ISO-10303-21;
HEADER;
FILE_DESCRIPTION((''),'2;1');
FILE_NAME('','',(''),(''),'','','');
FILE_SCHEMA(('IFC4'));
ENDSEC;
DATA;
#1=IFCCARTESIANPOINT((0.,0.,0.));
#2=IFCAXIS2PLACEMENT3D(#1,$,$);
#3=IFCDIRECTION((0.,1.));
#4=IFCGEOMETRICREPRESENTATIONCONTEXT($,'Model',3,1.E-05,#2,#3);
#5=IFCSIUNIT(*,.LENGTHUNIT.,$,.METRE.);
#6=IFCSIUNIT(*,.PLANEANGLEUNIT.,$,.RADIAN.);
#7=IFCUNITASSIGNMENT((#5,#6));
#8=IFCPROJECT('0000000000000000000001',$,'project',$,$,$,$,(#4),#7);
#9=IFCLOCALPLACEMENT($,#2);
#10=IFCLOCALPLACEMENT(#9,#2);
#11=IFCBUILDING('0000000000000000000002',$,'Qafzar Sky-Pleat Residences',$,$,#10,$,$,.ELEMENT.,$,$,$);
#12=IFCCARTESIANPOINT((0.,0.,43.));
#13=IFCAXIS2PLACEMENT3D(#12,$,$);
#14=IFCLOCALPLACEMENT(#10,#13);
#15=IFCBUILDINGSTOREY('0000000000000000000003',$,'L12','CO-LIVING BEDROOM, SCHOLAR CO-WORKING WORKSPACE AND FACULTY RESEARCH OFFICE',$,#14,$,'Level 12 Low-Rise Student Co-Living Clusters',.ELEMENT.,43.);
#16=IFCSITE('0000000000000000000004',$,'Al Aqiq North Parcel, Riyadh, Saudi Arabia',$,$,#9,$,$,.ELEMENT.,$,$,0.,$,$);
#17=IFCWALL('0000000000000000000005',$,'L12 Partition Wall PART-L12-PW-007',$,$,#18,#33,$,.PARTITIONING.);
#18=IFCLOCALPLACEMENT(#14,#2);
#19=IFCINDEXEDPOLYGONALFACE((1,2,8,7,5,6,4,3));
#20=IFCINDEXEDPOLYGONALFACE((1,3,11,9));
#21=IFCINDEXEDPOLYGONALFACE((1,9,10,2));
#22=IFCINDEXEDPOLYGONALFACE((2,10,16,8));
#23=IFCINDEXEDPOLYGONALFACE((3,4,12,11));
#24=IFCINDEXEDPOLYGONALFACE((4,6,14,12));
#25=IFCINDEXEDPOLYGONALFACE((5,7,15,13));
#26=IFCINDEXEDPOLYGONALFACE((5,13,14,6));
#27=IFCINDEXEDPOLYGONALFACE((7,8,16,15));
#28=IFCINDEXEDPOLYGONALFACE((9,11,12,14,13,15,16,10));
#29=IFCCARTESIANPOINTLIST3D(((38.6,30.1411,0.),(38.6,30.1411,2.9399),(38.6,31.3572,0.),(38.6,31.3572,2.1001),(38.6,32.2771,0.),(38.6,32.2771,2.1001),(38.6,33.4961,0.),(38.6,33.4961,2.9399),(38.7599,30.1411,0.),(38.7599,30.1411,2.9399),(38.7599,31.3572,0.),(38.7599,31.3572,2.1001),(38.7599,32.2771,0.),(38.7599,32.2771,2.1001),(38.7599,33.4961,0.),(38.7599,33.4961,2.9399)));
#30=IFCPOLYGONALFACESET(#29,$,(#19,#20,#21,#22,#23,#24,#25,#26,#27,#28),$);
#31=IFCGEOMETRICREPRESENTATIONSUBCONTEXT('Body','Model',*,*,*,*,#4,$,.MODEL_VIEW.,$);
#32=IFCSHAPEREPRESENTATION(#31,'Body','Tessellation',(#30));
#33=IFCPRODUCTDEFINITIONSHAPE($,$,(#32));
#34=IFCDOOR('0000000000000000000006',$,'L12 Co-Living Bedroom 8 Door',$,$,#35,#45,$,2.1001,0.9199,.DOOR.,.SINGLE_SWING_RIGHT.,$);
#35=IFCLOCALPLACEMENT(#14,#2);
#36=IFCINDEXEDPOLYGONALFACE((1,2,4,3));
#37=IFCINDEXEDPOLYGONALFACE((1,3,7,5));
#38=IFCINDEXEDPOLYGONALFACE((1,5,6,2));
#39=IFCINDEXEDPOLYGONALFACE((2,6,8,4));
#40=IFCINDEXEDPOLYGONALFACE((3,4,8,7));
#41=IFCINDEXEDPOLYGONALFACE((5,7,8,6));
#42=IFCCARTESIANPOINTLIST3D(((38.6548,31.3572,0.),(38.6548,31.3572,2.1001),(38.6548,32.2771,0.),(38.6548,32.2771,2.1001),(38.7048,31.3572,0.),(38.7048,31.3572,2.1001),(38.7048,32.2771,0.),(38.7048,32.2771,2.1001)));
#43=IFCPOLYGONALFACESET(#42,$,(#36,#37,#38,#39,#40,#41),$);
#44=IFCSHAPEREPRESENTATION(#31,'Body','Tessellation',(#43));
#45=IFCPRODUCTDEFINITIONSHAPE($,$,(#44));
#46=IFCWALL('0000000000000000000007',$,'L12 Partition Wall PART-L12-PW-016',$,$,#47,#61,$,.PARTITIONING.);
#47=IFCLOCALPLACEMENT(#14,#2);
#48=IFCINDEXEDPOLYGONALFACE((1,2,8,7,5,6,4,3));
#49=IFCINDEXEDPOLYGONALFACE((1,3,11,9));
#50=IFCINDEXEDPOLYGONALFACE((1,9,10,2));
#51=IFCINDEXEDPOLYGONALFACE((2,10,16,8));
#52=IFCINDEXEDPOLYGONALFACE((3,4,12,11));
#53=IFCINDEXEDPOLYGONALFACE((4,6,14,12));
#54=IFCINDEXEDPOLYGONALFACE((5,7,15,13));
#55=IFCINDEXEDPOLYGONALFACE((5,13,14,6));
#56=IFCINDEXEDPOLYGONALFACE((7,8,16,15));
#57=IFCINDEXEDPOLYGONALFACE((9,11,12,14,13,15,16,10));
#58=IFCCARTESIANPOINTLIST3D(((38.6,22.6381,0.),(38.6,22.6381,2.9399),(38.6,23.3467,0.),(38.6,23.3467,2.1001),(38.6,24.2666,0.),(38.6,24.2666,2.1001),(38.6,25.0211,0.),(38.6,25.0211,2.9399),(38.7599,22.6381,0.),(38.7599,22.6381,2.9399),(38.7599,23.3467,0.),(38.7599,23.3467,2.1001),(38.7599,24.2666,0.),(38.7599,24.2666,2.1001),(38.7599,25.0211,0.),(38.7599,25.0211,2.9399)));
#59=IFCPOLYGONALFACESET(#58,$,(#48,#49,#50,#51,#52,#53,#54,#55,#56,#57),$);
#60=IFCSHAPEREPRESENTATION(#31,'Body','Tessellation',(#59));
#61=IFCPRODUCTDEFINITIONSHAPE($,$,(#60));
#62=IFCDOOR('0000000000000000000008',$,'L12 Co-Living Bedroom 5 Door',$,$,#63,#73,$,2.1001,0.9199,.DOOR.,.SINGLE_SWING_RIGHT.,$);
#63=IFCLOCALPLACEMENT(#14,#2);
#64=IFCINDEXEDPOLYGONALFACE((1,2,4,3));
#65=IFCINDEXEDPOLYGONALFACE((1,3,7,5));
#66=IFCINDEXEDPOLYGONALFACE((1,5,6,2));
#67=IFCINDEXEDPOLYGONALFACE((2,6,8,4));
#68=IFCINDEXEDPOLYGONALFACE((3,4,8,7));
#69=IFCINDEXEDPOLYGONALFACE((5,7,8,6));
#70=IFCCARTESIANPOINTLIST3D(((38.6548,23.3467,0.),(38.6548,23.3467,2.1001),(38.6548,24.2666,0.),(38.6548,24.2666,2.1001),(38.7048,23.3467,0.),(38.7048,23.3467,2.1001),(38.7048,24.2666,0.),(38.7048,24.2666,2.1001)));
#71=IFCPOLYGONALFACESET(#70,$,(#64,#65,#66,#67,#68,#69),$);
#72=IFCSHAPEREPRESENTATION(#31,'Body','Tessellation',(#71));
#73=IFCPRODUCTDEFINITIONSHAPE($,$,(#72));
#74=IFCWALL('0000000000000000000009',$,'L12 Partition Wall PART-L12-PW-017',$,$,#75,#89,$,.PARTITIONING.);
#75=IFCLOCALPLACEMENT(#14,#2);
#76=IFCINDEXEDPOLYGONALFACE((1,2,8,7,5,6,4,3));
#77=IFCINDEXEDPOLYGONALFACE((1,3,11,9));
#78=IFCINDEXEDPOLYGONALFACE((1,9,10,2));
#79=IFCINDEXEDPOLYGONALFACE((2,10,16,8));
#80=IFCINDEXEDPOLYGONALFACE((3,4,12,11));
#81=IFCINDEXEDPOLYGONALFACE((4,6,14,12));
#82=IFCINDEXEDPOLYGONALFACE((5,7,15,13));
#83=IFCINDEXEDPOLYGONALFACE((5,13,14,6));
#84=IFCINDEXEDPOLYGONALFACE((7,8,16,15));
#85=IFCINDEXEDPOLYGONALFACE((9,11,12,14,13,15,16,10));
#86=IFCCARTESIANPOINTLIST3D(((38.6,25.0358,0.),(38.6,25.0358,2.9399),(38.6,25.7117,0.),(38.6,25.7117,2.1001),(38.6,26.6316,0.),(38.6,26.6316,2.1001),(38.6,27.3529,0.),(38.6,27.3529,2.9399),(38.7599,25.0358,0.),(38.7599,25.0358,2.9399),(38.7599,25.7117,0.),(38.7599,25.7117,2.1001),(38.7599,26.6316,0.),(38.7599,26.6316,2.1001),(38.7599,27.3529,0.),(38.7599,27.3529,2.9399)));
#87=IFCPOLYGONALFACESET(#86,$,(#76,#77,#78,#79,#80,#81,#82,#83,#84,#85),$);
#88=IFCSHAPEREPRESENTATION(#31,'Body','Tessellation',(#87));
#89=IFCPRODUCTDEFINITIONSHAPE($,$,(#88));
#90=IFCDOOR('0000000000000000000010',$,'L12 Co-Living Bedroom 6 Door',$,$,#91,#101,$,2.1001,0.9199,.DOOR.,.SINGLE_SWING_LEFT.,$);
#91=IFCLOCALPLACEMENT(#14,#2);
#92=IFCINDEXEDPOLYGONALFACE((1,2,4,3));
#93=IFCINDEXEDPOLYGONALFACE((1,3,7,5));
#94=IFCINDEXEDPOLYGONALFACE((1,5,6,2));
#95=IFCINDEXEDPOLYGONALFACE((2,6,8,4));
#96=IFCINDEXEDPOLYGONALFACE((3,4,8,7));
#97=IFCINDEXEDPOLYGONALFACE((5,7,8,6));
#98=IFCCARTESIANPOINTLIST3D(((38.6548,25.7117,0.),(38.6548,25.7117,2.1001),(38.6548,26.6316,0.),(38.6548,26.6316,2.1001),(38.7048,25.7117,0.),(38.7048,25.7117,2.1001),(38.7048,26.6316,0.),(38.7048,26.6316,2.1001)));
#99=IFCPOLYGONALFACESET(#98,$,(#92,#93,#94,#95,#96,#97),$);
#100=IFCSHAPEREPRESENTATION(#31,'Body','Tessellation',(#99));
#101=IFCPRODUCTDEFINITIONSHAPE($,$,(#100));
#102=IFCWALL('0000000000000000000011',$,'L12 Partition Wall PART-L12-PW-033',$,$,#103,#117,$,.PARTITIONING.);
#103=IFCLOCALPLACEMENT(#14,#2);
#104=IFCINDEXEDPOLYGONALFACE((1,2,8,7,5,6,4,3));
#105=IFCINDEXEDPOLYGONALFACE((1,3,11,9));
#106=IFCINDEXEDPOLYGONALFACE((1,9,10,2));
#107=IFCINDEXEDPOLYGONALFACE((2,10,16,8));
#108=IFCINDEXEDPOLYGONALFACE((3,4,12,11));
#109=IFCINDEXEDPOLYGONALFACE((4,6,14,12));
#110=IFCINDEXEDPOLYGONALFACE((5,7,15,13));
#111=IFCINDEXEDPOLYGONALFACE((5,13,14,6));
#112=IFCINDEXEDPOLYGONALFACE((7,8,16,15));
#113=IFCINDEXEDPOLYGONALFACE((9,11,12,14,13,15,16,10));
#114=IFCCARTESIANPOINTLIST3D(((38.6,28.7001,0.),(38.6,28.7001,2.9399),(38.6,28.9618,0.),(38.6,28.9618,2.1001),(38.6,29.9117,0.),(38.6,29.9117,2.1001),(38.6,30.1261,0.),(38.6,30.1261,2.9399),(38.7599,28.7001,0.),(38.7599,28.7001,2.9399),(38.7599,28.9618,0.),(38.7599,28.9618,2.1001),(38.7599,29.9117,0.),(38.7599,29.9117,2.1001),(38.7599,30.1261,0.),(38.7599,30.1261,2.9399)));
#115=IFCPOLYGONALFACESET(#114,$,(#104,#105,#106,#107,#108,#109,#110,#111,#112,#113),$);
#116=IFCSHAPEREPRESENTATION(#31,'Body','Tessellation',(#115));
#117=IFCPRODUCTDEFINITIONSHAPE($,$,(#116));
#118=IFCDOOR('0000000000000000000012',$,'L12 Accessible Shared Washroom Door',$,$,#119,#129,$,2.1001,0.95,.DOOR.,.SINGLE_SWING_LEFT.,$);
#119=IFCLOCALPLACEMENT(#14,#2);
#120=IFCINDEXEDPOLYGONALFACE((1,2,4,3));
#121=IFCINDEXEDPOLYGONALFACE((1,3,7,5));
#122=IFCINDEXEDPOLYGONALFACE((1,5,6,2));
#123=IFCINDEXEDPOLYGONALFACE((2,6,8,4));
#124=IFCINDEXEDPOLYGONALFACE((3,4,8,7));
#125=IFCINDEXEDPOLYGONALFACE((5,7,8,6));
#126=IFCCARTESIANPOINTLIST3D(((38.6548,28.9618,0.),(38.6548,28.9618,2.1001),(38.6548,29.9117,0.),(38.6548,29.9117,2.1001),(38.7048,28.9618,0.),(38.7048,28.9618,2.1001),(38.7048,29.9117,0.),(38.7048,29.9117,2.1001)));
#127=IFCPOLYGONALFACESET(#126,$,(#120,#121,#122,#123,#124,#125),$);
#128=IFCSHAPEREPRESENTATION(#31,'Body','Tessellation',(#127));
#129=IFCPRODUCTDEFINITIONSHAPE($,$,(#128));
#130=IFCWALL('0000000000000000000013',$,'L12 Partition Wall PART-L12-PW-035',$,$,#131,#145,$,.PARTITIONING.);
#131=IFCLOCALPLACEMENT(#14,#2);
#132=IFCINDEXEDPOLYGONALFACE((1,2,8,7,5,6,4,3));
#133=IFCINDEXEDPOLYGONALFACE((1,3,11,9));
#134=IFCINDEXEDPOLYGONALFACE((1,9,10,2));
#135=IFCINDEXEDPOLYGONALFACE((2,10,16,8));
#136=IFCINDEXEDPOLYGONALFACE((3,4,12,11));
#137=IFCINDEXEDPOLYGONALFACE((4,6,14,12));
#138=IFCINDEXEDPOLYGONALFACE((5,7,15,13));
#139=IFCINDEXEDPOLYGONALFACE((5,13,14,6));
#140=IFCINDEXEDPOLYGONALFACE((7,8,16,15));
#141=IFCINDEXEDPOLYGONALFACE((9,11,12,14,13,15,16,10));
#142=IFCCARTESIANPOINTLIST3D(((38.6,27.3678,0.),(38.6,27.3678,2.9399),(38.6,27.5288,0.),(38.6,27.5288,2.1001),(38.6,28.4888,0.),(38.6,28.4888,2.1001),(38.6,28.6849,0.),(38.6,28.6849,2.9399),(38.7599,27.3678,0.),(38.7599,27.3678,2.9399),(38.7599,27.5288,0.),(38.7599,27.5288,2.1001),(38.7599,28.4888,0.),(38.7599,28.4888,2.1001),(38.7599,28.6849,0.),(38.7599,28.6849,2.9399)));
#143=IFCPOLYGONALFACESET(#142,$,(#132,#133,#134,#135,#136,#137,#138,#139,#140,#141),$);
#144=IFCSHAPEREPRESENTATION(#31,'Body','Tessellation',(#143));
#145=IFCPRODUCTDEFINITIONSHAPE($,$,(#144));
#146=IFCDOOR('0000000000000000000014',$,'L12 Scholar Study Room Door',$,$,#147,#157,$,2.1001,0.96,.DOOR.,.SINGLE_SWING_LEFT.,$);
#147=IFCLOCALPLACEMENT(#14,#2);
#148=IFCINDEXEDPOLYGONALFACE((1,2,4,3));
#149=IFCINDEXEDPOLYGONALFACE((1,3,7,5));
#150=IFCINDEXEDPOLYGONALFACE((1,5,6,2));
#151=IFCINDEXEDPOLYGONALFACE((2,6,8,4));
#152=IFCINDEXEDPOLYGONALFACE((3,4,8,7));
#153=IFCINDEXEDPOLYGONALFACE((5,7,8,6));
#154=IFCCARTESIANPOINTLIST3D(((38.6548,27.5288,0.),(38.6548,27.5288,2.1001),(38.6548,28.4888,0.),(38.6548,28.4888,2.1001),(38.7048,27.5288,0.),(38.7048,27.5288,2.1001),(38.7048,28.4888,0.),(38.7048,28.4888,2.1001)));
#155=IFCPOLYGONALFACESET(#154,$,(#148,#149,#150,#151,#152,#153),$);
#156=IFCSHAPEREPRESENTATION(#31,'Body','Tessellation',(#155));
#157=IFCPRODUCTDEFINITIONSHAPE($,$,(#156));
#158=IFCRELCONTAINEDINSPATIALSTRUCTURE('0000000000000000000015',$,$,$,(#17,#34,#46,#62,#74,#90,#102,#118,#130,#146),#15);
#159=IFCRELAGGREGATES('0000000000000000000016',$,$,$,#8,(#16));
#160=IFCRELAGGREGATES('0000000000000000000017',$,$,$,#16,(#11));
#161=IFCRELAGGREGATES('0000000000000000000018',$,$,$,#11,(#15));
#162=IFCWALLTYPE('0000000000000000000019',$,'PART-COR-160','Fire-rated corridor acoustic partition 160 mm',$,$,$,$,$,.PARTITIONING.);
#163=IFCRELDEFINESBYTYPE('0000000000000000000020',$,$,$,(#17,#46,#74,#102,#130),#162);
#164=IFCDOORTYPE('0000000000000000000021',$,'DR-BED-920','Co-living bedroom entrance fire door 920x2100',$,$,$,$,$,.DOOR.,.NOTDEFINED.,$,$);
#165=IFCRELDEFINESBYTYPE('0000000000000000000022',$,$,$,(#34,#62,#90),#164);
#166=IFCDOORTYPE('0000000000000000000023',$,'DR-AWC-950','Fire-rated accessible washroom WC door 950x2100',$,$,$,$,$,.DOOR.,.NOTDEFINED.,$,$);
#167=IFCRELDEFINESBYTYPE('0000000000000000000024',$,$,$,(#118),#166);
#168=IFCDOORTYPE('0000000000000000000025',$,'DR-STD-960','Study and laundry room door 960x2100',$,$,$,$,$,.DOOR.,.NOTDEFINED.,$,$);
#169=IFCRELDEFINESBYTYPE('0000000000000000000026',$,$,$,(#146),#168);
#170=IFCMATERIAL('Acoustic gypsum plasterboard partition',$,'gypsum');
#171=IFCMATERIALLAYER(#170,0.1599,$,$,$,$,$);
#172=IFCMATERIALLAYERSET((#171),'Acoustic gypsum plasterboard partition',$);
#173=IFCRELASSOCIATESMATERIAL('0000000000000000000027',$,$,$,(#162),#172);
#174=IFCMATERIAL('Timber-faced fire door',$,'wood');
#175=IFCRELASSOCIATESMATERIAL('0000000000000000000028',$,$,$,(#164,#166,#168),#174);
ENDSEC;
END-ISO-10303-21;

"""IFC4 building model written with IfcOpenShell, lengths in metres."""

from ifc_helpers import new_model, si_unit, direction, frame, frame_2d, origin, place, context, subcontext, project, spatial, rectangle, extrude, source, transform, mapped, material, layer, layer_set, type_object, element, fill, save


model = new_model("IFC4")

# Units and contexts
model_context = context("Model", 3, precision=1e-05, world=origin(), true_north=direction((0.0, 1.0)))
body_context = subcontext(model_context, "Body", "Model", "MODEL_VIEW")
ifc_project = project(units=[si_unit("LENGTHUNIT", "METRE"), si_unit("PLANEANGLEUNIT", "RADIAN")], contexts=[model_context])

# Site, building, storey
site_placement = place(None, origin())
site = spatial("IfcSite", under=ifc_project, at=site_placement, Name="Al Aqiq North Parcel, Riyadh, Saudi Arabia", CompositionType="ELEMENT", RefElevation=0.0)
building_placement = place(site_placement, origin())
building = spatial("IfcBuilding", under=site, at=building_placement, Name="Qafzar Sky-Pleat Residences", CompositionType="ELEMENT")
storey_placement = place(building_placement, frame((0.0, 0.0, 43.0)))
storey = spatial("IfcBuildingStorey", under=building, at=storey_placement, Name="L12", Description="CO-LIVING BEDROOM, SCHOLAR CO-WORKING WORKSPACE AND FACULTY RESEARCH OFFICE", LongName="Level 12 Low-Rise Student Co-Living Clusters", CompositionType="ELEMENT", Elevation=43.0)

# Walls, openings, doors
ifc_material_1 = material(Name="Acoustic gypsum plasterboard partition", Category="gypsum")
ifc_layer_1 = layer(ifc_material_1, 0.1599)
ifc_layer_set_1 = layer_set([ifc_layer_1], Name="Acoustic gypsum plasterboard partition")
wall_type_1 = type_object("IfcWallType", Name="PART-COR-160", Description="Fire-rated corridor acoustic partition 160 mm", PredefinedType="PARTITIONING", material=ifc_layer_set_1)
wall_1_placement = place(storey_placement, frame((38.6799, 33.4961, 0.0), z_axis=(0.0, 0.0, 1.0), x_axis=(0.0, -1.0, 0.0)))
wall_1 = element("IfcWall", 1, at=wall_1_placement, inside=storey, type_object=wall_type_1, Name="L12 Partition Wall PART-L12-PW-007", PredefinedType="PARTITIONING", context=body_context, shape_type="SweptSolid", body=[
    extrude(rectangle(XDim=3.355, YDim=0.1599, at=frame_2d((1.6775, 0.0))), origin(), (0.0, 0.0, 1.0), 2.9399),
])
opening_1_placement = place(wall_1_placement, frame((1.219, 0.0, 0.0)))
opening_1 = element("IfcOpeningElement", 2, at=opening_1_placement, cuts=wall_1, PredefinedType="OPENING", context=body_context, shape_type="SweptSolid", body=[
    extrude(rectangle(XDim=0.9199, YDim=2.1001, at=frame_2d((0.46, 1.05))), frame((0.0, 0.0898, 0.0), z_axis=(0.0, -1.0, 0.0), x_axis=(1.0, 0.0, 0.0)), (0.0, 0.0, 1.0), 0.1799),
])
ifc_material_2 = material(Name="Timber-faced fire door", Category="wood")
door_type_1 = type_object("IfcDoorType", Name="DR-BED-920", Description="Co-living bedroom entrance fire door 920x2100", OperationType="NOTDEFINED", PredefinedType="DOOR", material=ifc_material_2)
shared_shape_1 = source(origin(), body_context, "Body", "SweptSolid", [
    extrude(rectangle(XDim=0.9199, YDim=2.1001, at=frame_2d((0.46, 1.05))), frame((0.0, 0.0249, 0.0), z_axis=(0.0, -1.0, 0.0), x_axis=(1.0, 0.0, 0.0)), (0.0, 0.0, 1.0), 0.05),
])
door_1_placement = place(opening_1_placement, origin())
door_1 = element("IfcDoor", 3, at=door_1_placement, inside=storey, type_object=door_type_1, Name="L12 Co-Living Bedroom 8 Door", OperationType="SINGLE_SWING_RIGHT", OverallHeight=2.1001, OverallWidth=0.9199, PredefinedType="DOOR", context=body_context, shape_type="MappedRepresentation", body=[
    mapped(shared_shape_1, transform((0.0, 0.0, 0.0), x_axis=(1.0, 0.0, 0.0), y_axis=(0.0, 1.0, 0.0), z_axis=(0.0, 0.0, 1.0), scale=1.0)),
])
fill(opening_1, door_1)
wall_2_placement = place(storey_placement, frame((38.6799, 25.021, 0.0), z_axis=(0.0, 0.0, 1.0), x_axis=(0.0, -1.0, 0.0)))
wall_2 = element("IfcWall", 4, at=wall_2_placement, inside=storey, type_object=wall_type_1, Name="L12 Partition Wall PART-L12-PW-016", PredefinedType="PARTITIONING", context=body_context, shape_type="SweptSolid", body=[
    extrude(rectangle(XDim=2.3831, YDim=0.1599, at=frame_2d((1.1914, 0.0))), origin(), (0.0, 0.0, 1.0), 2.9399),
])
opening_2_placement = place(wall_2_placement, frame((0.7544, 0.0, 0.0)))
opening_2 = element("IfcOpeningElement", 5, at=opening_2_placement, cuts=wall_2, PredefinedType="OPENING", context=body_context, shape_type="SweptSolid", body=[
    extrude(rectangle(XDim=0.9199, YDim=2.1001, at=frame_2d((0.46, 1.05))), frame((0.0, 0.0898, 0.0), z_axis=(0.0, -1.0, 0.0), x_axis=(1.0, 0.0, 0.0)), (0.0, 0.0, 1.0), 0.1799),
])
door_2_placement = place(opening_2_placement, origin())
door_2 = element("IfcDoor", 6, at=door_2_placement, inside=storey, type_object=door_type_1, Name="L12 Co-Living Bedroom 5 Door", OperationType="SINGLE_SWING_RIGHT", OverallHeight=2.1001, OverallWidth=0.9199, PredefinedType="DOOR", context=body_context, shape_type="MappedRepresentation", body=[
    mapped(shared_shape_1, transform((0.0, 0.0, 0.0), x_axis=(1.0, 0.0, 0.0), y_axis=(0.0, 1.0, 0.0), z_axis=(0.0, 0.0, 1.0), scale=1.0)),
])
fill(opening_2, door_2)
wall_3_placement = place(storey_placement, frame((38.6799, 27.353, 0.0), z_axis=(0.0, 0.0, 1.0), x_axis=(0.0, -1.0, 0.0)))
wall_3 = element("IfcWall", 7, at=wall_3_placement, inside=storey, type_object=wall_type_1, Name="L12 Partition Wall PART-L12-PW-017", PredefinedType="PARTITIONING", context=body_context, shape_type="SweptSolid", body=[
    extrude(rectangle(XDim=2.3171, YDim=0.1599, at=frame_2d((1.1587, 0.0))), origin(), (0.0, 0.0, 1.0), 2.9399),
])
opening_3_placement = place(wall_3_placement, frame((0.7214, 0.0, 0.0)))
opening_3 = element("IfcOpeningElement", 8, at=opening_3_placement, cuts=wall_3, PredefinedType="OPENING", context=body_context, shape_type="SweptSolid", body=[
    extrude(rectangle(XDim=0.9199, YDim=2.1001, at=frame_2d((0.46, 1.05))), frame((0.0, 0.0898, 0.0), z_axis=(0.0, -1.0, 0.0), x_axis=(1.0, 0.0, 0.0)), (0.0, 0.0, 1.0), 0.1799),
])
door_3_placement = place(opening_3_placement, origin())
door_3 = element("IfcDoor", 9, at=door_3_placement, inside=storey, type_object=door_type_1, Name="L12 Co-Living Bedroom 6 Door", OperationType="SINGLE_SWING_LEFT", OverallHeight=2.1001, OverallWidth=0.9199, PredefinedType="DOOR", context=body_context, shape_type="MappedRepresentation", body=[
    mapped(shared_shape_1, transform((0.0, 0.0, 0.0), x_axis=(1.0, 0.0, 0.0), y_axis=(0.0, 1.0, 0.0), z_axis=(0.0, 0.0, 1.0), scale=1.0)),
])
fill(opening_3, door_3)
wall_4_placement = place(storey_placement, frame((38.6799, 30.126, 0.0), z_axis=(0.0, 0.0, 1.0), x_axis=(0.0, -1.0, 0.0)))
wall_4 = element("IfcWall", 10, at=wall_4_placement, inside=storey, type_object=wall_type_1, Name="L12 Partition Wall PART-L12-PW-033", PredefinedType="PARTITIONING", context=body_context, shape_type="SweptSolid", body=[
    extrude(rectangle(XDim=1.426, YDim=0.1599, at=frame_2d((0.7129, 0.0))), origin(), (0.0, 0.0, 1.0), 2.9399),
])
opening_4_placement = place(wall_4_placement, frame((0.2141, 0.0, 0.0)))
opening_4 = element("IfcOpeningElement", 11, at=opening_4_placement, cuts=wall_4, PredefinedType="OPENING", context=body_context, shape_type="SweptSolid", body=[
    extrude(rectangle(XDim=0.95, YDim=2.1001, at=frame_2d((0.4751, 1.05))), frame((0.0, 0.0898, 0.0), z_axis=(0.0, -1.0, 0.0), x_axis=(1.0, 0.0, 0.0)), (0.0, 0.0, 1.0), 0.1799),
])
door_type_2 = type_object("IfcDoorType", Name="DR-AWC-950", Description="Fire-rated accessible washroom WC door 950x2100", OperationType="NOTDEFINED", PredefinedType="DOOR", material=ifc_material_2)
shared_shape_2 = source(origin(), body_context, "Body", "SweptSolid", [
    extrude(rectangle(XDim=0.95, YDim=2.1001, at=frame_2d((0.4751, 1.05))), frame((0.0, 0.0249, 0.0), z_axis=(0.0, -1.0, 0.0), x_axis=(1.0, 0.0, 0.0)), (0.0, 0.0, 1.0), 0.05),
])
door_4_placement = place(opening_4_placement, origin())
door_4 = element("IfcDoor", 12, at=door_4_placement, inside=storey, type_object=door_type_2, Name="L12 Accessible Shared Washroom Door", OperationType="SINGLE_SWING_LEFT", OverallHeight=2.1001, OverallWidth=0.95, PredefinedType="DOOR", context=body_context, shape_type="MappedRepresentation", body=[
    mapped(shared_shape_2, transform((0.0, 0.0, 0.0), x_axis=(1.0, 0.0, 0.0), y_axis=(0.0, 1.0, 0.0), z_axis=(0.0, 0.0, 1.0), scale=1.0)),
])
fill(opening_4, door_4)
wall_5_placement = place(storey_placement, frame((38.6799, 28.6851, 0.0), z_axis=(0.0, 0.0, 1.0), x_axis=(0.0, -1.0, 0.0)))
wall_5 = element("IfcWall", 13, at=wall_5_placement, inside=storey, type_object=wall_type_1, Name="L12 Partition Wall PART-L12-PW-035", PredefinedType="PARTITIONING", context=body_context, shape_type="SweptSolid", body=[
    extrude(rectangle(XDim=1.3171, YDim=0.1599, at=frame_2d((0.6587, 0.0))), origin(), (0.0, 0.0, 1.0), 2.9399),
])
opening_5_placement = place(wall_5_placement, frame((0.1963, 0.0, 0.0)))
opening_5 = element("IfcOpeningElement", 14, at=opening_5_placement, cuts=wall_5, PredefinedType="OPENING", context=body_context, shape_type="SweptSolid", body=[
    extrude(rectangle(XDim=0.96, YDim=2.1001, at=frame_2d((0.48, 1.05))), frame((0.0, 0.0898, 0.0), z_axis=(0.0, -1.0, 0.0), x_axis=(1.0, 0.0, 0.0)), (0.0, 0.0, 1.0), 0.1799),
])
door_type_3 = type_object("IfcDoorType", Name="DR-STD-960", Description="Study and laundry room door 960x2100", OperationType="NOTDEFINED", PredefinedType="DOOR", material=ifc_material_2)
shared_shape_3 = source(origin(), body_context, "Body", "SweptSolid", [
    extrude(rectangle(XDim=0.96, YDim=2.1001, at=frame_2d((0.48, 1.05))), frame((0.0, 0.0249, 0.0), z_axis=(0.0, -1.0, 0.0), x_axis=(1.0, 0.0, 0.0)), (0.0, 0.0, 1.0), 0.05),
])
door_5_placement = place(opening_5_placement, origin())
door_5 = element("IfcDoor", 15, at=door_5_placement, inside=storey, type_object=door_type_3, Name="L12 Scholar Study Room Door", OperationType="SINGLE_SWING_LEFT", OverallHeight=2.1001, OverallWidth=0.96, PredefinedType="DOOR", context=body_context, shape_type="MappedRepresentation", body=[
    mapped(shared_shape_3, transform((0.0, 0.0, 0.0), x_axis=(1.0, 0.0, 0.0), y_axis=(0.0, 1.0, 0.0), z_axis=(0.0, 0.0, 1.0), scale=1.0)),
])
fill(opening_5, door_5)

save(model, "model.ifc")
